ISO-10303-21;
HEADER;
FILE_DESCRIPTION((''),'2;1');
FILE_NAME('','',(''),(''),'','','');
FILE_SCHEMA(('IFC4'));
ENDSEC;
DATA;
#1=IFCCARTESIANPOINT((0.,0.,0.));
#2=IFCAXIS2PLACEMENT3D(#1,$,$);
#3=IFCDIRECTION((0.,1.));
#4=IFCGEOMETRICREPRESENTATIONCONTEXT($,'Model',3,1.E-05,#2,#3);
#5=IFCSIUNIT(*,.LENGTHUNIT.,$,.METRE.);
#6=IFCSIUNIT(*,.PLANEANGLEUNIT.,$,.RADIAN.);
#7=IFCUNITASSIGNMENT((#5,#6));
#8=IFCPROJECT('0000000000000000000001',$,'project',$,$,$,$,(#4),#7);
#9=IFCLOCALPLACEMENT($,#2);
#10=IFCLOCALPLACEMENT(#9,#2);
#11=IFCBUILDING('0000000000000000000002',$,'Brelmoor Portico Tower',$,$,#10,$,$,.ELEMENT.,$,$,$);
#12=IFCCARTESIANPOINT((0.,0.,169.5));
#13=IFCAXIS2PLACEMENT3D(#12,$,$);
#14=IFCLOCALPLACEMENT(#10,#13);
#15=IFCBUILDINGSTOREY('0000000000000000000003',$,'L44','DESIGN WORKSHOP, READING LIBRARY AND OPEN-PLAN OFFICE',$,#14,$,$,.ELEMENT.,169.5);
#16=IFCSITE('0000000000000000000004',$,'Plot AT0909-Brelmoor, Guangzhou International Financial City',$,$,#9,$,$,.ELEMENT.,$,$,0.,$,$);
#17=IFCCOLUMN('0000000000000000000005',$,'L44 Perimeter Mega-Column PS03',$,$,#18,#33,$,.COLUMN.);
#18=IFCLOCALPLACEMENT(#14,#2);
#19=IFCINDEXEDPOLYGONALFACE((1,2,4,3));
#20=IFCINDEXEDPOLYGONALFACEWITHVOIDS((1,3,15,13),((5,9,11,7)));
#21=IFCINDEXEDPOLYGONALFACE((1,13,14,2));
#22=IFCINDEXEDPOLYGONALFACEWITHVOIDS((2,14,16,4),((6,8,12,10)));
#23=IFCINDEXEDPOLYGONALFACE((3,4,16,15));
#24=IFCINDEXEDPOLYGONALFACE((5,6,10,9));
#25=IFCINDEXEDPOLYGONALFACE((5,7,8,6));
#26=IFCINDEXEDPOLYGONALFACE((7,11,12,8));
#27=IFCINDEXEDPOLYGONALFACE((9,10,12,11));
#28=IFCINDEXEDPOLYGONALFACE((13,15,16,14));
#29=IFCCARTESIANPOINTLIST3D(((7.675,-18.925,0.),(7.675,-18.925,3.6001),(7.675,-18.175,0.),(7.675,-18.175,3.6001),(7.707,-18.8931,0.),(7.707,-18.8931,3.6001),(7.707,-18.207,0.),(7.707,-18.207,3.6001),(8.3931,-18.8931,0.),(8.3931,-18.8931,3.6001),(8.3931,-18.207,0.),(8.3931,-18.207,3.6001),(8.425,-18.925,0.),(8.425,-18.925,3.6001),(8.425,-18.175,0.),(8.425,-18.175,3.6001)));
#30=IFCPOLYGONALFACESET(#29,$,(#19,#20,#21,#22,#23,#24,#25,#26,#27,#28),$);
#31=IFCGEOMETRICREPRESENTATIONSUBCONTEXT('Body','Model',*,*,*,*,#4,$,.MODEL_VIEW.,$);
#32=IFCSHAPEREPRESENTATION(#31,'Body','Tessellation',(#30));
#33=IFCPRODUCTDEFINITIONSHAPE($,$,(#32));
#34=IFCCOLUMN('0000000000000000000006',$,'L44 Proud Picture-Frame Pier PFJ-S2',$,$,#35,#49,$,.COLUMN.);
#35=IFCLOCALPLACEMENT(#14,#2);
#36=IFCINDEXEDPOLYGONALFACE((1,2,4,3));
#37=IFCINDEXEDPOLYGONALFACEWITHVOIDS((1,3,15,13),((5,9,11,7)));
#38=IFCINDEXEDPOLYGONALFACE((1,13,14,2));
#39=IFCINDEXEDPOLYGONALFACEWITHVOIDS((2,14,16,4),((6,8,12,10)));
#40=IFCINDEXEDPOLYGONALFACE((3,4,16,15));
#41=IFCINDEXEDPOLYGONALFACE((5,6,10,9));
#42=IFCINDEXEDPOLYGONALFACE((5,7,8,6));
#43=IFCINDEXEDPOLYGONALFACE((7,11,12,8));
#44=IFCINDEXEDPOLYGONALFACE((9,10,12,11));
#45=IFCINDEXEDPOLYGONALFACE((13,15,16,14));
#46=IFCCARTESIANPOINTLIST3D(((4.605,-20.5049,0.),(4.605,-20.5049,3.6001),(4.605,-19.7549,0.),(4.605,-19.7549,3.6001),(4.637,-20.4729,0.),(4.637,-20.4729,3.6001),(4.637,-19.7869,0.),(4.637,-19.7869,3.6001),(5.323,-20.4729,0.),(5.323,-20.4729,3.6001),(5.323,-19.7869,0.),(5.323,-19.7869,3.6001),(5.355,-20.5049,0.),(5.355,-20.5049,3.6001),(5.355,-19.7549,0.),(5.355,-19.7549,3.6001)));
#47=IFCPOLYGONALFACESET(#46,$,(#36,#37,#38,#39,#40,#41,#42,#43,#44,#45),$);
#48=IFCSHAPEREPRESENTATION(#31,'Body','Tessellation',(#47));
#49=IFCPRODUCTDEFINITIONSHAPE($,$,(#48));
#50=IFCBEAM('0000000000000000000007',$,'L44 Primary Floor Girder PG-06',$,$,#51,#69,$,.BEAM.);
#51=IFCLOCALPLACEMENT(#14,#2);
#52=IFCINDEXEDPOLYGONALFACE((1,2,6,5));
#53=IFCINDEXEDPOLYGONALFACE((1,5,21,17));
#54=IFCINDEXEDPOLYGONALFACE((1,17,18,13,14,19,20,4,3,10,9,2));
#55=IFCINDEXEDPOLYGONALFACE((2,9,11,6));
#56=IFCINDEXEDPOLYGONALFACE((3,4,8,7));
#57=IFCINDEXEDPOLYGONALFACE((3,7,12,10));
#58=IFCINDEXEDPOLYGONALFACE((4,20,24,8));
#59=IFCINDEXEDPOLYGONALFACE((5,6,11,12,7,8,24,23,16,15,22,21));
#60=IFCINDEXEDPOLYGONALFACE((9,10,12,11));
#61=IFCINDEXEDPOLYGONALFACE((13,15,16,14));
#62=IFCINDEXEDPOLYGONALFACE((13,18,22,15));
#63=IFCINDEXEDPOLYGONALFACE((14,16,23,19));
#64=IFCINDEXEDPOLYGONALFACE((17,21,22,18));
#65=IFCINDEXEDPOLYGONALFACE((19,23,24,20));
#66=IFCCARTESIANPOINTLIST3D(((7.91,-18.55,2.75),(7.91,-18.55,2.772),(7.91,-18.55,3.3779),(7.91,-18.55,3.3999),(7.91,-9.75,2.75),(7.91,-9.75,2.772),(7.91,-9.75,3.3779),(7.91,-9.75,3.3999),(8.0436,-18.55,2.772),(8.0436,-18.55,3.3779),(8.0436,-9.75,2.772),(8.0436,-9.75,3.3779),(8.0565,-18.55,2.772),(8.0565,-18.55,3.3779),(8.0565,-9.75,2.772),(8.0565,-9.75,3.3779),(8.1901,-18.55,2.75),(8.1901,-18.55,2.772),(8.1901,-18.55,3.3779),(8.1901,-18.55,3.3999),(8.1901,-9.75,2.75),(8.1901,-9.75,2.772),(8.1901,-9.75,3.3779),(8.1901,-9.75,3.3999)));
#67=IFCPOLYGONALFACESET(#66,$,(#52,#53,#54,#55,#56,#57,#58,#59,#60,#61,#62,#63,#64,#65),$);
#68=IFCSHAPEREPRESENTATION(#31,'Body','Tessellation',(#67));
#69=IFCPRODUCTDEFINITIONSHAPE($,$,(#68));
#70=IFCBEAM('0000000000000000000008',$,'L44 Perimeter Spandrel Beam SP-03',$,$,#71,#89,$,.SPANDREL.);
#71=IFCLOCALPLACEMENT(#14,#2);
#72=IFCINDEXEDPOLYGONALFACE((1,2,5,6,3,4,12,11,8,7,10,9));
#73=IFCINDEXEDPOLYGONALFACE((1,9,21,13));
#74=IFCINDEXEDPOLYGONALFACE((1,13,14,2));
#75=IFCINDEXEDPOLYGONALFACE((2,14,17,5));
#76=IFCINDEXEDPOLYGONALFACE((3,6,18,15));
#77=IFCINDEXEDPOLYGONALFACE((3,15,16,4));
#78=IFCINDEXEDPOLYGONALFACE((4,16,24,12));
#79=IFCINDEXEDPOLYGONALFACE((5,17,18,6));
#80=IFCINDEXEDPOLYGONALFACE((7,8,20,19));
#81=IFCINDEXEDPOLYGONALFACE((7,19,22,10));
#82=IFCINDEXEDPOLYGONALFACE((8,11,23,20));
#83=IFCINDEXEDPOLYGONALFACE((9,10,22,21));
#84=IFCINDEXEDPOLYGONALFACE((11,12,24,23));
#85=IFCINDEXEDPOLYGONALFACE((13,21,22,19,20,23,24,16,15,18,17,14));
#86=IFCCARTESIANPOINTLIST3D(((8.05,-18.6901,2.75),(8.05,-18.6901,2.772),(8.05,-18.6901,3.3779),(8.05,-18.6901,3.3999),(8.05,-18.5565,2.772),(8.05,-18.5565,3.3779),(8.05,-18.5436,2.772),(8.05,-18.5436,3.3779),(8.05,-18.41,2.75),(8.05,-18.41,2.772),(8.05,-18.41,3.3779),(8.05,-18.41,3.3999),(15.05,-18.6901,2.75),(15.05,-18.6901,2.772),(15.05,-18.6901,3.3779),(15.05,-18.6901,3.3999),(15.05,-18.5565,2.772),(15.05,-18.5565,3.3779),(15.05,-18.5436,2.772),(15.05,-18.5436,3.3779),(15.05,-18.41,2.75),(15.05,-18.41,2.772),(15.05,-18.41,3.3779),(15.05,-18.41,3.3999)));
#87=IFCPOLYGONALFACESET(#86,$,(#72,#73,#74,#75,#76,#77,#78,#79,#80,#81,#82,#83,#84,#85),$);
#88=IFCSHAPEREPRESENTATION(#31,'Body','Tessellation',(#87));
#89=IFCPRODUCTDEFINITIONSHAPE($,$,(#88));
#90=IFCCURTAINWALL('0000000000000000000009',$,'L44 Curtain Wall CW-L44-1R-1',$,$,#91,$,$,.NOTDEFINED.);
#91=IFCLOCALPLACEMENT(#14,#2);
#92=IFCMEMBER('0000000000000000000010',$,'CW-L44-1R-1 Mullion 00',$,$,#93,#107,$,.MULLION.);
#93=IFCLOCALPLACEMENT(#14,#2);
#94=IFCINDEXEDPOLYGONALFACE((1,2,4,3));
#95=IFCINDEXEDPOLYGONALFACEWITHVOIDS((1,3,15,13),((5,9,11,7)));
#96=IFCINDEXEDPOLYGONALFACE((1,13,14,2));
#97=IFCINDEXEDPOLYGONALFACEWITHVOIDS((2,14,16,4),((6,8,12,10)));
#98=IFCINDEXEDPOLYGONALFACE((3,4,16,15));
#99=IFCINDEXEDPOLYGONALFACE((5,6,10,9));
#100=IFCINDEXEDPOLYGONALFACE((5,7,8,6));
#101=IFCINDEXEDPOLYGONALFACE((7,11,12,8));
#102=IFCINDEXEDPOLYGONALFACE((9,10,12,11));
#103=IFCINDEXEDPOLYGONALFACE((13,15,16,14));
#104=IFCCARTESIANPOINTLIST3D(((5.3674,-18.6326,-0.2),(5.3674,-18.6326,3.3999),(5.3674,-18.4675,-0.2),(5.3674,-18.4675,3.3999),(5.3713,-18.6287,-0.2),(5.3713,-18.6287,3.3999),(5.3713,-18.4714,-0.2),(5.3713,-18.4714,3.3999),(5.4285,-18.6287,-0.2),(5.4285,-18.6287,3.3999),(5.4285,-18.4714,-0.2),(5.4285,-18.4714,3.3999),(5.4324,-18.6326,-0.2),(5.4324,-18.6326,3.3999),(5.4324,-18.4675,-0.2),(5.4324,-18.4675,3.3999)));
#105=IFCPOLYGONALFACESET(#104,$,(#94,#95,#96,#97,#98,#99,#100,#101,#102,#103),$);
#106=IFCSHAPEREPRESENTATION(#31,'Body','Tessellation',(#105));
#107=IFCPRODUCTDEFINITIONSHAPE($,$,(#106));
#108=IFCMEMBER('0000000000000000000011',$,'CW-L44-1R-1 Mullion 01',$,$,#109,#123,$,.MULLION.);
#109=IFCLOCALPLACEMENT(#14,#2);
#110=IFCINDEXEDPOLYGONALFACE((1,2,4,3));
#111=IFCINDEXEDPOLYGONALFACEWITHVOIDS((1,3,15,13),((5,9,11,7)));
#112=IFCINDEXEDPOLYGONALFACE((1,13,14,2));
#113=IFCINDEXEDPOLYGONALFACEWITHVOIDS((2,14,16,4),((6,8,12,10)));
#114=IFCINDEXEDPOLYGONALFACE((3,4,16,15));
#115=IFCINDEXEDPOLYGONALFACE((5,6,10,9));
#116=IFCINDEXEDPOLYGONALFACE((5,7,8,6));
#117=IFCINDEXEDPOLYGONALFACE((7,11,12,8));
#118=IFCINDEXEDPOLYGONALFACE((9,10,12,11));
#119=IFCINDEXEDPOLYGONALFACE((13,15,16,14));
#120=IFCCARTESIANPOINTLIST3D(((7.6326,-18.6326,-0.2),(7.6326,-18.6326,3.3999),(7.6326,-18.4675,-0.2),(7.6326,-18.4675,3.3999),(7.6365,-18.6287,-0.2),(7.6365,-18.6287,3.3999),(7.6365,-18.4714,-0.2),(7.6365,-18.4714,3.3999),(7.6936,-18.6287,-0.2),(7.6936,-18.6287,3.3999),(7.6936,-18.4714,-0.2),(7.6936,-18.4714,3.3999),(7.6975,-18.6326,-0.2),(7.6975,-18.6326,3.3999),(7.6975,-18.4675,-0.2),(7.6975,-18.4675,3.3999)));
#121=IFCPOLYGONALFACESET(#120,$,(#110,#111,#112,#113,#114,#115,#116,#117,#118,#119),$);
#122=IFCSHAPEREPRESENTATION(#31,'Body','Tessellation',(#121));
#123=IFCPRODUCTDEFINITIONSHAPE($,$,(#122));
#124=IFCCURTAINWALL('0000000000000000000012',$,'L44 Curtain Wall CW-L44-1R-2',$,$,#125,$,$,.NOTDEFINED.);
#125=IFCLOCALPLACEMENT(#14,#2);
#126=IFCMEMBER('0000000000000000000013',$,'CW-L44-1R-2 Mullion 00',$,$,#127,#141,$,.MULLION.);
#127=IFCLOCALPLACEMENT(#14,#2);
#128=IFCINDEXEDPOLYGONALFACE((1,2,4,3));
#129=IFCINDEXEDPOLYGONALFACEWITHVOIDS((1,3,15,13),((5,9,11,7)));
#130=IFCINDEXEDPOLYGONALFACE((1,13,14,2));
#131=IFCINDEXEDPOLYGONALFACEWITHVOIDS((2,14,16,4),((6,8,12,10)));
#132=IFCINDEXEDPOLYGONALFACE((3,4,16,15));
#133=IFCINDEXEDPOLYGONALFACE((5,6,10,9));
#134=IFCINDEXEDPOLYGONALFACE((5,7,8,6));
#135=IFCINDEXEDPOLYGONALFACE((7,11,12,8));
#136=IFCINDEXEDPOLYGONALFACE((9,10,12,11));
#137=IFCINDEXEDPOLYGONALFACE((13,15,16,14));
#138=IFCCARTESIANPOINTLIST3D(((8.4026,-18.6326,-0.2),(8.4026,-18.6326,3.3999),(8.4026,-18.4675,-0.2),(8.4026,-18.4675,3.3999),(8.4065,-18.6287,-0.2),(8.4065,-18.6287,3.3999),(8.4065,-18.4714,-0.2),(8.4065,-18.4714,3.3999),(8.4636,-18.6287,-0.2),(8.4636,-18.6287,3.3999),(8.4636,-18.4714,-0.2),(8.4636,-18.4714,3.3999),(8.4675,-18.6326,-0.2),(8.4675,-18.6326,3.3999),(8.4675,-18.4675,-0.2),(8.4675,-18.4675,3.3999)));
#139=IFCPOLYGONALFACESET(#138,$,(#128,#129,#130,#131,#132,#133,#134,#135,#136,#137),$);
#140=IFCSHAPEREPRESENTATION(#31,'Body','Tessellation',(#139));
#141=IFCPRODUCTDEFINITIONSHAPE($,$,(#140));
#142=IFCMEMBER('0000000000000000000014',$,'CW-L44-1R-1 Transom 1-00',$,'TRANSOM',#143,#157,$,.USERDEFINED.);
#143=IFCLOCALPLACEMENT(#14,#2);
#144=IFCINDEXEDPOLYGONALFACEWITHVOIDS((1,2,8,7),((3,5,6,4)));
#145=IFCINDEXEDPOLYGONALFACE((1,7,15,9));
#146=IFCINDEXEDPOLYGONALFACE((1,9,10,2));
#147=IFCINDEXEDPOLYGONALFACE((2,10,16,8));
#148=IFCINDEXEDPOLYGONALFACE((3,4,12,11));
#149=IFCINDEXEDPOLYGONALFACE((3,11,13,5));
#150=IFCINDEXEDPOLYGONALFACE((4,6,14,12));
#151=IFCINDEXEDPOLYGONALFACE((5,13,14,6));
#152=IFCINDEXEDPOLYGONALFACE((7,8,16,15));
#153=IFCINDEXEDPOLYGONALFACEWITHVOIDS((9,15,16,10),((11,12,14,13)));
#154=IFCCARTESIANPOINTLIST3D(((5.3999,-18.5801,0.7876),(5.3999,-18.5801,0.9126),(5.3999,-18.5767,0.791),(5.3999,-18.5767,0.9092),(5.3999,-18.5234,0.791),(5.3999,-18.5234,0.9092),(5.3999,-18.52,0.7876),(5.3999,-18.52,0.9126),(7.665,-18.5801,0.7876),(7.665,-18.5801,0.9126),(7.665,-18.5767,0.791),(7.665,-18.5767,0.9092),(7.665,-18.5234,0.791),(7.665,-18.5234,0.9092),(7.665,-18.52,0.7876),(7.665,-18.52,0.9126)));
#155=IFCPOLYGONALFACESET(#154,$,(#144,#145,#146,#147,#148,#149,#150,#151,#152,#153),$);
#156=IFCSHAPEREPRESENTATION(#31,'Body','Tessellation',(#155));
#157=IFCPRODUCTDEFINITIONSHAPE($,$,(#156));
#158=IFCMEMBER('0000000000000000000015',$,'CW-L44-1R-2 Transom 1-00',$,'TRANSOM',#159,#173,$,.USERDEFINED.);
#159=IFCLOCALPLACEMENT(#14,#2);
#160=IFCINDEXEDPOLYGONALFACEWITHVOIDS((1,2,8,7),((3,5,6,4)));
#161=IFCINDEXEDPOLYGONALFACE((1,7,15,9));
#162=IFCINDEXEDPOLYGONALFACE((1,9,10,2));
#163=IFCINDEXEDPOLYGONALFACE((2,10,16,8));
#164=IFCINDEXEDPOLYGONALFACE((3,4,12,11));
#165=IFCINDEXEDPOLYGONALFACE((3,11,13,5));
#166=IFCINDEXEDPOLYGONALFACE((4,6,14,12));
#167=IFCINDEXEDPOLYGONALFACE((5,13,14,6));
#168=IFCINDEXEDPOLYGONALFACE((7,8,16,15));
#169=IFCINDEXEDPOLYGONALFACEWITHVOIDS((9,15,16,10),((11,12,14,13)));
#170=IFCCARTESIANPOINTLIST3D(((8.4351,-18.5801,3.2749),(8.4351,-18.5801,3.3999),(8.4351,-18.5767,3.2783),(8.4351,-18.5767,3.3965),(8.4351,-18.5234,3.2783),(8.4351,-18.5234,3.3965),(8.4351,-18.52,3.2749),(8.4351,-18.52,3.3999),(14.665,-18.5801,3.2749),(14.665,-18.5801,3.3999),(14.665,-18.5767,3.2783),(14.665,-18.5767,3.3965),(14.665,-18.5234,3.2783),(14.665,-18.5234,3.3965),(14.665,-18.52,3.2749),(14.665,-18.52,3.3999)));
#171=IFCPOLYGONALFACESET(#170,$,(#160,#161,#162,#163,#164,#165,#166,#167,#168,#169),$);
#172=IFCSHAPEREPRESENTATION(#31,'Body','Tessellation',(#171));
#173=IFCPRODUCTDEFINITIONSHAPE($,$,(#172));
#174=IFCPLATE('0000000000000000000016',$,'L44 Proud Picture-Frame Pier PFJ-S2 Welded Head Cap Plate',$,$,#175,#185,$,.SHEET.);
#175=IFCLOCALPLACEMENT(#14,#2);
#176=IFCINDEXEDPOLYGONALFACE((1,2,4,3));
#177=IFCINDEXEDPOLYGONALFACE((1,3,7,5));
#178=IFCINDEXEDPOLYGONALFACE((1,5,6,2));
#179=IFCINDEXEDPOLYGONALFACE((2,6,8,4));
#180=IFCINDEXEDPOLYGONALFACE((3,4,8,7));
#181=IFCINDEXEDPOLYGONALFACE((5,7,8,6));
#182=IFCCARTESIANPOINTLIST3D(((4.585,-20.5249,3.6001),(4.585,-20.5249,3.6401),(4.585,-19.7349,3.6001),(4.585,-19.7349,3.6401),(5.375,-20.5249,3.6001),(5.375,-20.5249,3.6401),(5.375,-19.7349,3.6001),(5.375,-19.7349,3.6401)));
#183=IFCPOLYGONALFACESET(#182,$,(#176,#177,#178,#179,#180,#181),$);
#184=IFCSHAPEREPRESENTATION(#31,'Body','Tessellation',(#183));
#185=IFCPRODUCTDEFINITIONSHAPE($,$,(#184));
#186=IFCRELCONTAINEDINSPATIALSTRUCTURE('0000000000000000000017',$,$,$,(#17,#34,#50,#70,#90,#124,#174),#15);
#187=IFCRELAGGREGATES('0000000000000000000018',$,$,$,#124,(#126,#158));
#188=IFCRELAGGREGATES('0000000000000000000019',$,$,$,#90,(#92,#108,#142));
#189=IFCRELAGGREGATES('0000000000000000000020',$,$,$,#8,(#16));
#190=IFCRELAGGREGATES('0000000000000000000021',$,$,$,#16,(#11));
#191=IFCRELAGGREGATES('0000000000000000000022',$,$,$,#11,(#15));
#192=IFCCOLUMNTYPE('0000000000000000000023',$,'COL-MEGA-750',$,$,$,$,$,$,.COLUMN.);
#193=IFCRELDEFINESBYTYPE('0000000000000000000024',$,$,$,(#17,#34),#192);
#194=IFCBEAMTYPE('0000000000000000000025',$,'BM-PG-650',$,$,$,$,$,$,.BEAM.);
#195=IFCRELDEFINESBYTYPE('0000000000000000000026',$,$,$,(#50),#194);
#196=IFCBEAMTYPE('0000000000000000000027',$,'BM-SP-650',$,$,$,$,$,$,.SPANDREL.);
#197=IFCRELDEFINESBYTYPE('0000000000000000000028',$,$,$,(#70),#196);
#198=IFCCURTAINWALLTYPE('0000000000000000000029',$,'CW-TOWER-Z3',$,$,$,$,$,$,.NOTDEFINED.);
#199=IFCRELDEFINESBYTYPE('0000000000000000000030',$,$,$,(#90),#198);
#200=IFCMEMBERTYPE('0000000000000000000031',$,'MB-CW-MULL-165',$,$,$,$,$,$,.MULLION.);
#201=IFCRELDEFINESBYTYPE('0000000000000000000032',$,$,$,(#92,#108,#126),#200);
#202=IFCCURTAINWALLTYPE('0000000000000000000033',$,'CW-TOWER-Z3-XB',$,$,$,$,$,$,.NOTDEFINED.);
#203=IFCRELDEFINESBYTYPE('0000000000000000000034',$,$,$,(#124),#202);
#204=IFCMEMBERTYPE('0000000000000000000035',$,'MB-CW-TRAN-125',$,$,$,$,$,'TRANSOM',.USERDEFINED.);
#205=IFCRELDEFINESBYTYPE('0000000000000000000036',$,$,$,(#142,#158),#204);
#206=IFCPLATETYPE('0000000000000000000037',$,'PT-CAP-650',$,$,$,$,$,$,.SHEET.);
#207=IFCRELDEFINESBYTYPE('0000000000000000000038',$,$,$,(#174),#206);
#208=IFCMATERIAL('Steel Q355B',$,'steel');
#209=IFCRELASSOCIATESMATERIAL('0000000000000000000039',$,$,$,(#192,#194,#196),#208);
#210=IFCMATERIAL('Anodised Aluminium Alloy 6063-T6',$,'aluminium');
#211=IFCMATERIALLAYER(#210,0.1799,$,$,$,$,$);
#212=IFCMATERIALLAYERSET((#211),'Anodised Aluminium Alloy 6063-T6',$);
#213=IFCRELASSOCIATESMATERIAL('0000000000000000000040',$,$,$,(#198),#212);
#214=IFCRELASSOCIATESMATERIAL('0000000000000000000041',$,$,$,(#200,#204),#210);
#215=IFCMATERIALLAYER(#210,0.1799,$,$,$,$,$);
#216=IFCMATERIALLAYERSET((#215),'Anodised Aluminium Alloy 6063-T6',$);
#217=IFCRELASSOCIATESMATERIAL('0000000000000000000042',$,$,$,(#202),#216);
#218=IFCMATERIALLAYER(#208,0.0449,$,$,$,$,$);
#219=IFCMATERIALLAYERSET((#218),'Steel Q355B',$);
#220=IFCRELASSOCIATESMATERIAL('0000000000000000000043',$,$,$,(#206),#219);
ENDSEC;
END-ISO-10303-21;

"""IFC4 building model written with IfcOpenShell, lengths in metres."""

from ifc_helpers import new_model, si_unit, direction, frame, origin, origin_2d, place, context, subcontext, project, spatial, rectangle, hollow_rectangle, i_section, extrude, material, layer, layer_set, material_profile, profile_set, type_object, element, aggregate, save


model = new_model("IFC4")

# Units and contexts
model_context = context("Model", 3, precision=1e-05, world=origin(), true_north=direction((0.0, 1.0)))
body_context = subcontext(model_context, "Body", "Model", "MODEL_VIEW")
ifc_project = project(units=[si_unit("LENGTHUNIT", "METRE"), si_unit("PLANEANGLEUNIT", "RADIAN")], contexts=[model_context])

# Site, building, storey
site_placement = place(None, origin())
site = spatial("IfcSite", under=ifc_project, at=site_placement, Name="Plot AT0909-Brelmoor, Guangzhou International Financial City", CompositionType="ELEMENT", RefElevation=0.0)
building_placement = place(site_placement, origin())
building = spatial("IfcBuilding", under=site, at=building_placement, Name="Brelmoor Portico Tower", CompositionType="ELEMENT")
storey_placement = place(building_placement, frame((0.0, 0.0, 169.5)))
storey = spatial("IfcBuildingStorey", under=building, at=storey_placement, Name="L44", Description="DESIGN WORKSHOP, READING LIBRARY AND OPEN-PLAN OFFICE", CompositionType="ELEMENT", Elevation=169.5)

# Columns
ifc_material_1 = material(Name="Steel Q355B", Category="steel")
ifc_material_profile_1 = material_profile(ifc_material_1, hollow_rectangle(XDim=0.75, YDim=0.75, WallThickness=0.032, at=origin_2d()), Name="BOX 750x750x32")
ifc_profile_set_1 = profile_set([ifc_material_profile_1], Name="Steel Q355B")
column_type = type_object("IfcColumnType", Name="COL-MEGA-750", PredefinedType="COLUMN", material=ifc_profile_set_1)
for number, where, z_axis, x_axis, name in (
    (1, (8.05, -18.55, 0.0), (0.0, 0.0, 1.0), (1.0, 0.0, 0.0), "L44 Perimeter Mega-Column PS03"),
    (2, (4.98, -20.1299, 0.0), (0.0, 0.0, 1.0), (1.0, 0.0, 0.0), "L44 Proud Picture-Frame Pier PFJ-S2"),
):
    element("IfcColumn", number, at=place(storey_placement, frame(where, z_axis=z_axis, x_axis=x_axis)), inside=storey, type_object=column_type, Name=name, PredefinedType="COLUMN", context=body_context, shape_type="SweptSolid", body=[
        extrude(hollow_rectangle(XDim=0.75, YDim=0.75, WallThickness=0.032, at=origin_2d()), origin(), (0.0, 0.0, 1.0), 3.6001),
    ])

# Beams
ifc_material_profile_2 = material_profile(ifc_material_1, i_section(OverallWidth=0.28, OverallDepth=0.6499, WebThickness=0.0129, FlangeThickness=0.022, at=origin_2d()), Name="HN 650x280x13x22")
ifc_profile_set_2 = profile_set([ifc_material_profile_2], Name="Steel Q355B")
beam_type_1 = type_object("IfcBeamType", Name="BM-PG-650", PredefinedType="BEAM", material=ifc_profile_set_2)
beam_1_placement = place(storey_placement, frame((8.05, -18.55, 3.075), z_axis=(0.0, 1.0, 0.0), x_axis=(-1.0, 0.0, 0.0)))
element("IfcBeam", 3, at=beam_1_placement, inside=storey, type_object=beam_type_1, Name="L44 Primary Floor Girder PG-06", PredefinedType="BEAM", context=body_context, shape_type="SweptSolid", body=[
    extrude(i_section(OverallWidth=0.28, OverallDepth=0.6499, WebThickness=0.0129, FlangeThickness=0.022, at=origin_2d()), origin(), (0.0, 0.0, 1.0), 8.8),
])
ifc_material_profile_3 = material_profile(ifc_material_1, i_section(OverallWidth=0.28, OverallDepth=0.6499, WebThickness=0.0129, FlangeThickness=0.022, at=origin_2d()), Name="HN 650x280x13x22")
ifc_profile_set_3 = profile_set([ifc_material_profile_3], Name="Steel Q355B")
beam_type_2 = type_object("IfcBeamType", Name="BM-SP-650", PredefinedType="SPANDREL", material=ifc_profile_set_3)
beam_2_placement = place(storey_placement, frame((8.05, -18.55, 3.075), z_axis=(1.0, 0.0, 0.0), x_axis=(0.0, 1.0, 0.0)))
element("IfcBeam", 4, at=beam_2_placement, inside=storey, type_object=beam_type_2, Name="L44 Perimeter Spandrel Beam SP-03", PredefinedType="SPANDREL", context=body_context, shape_type="SweptSolid", body=[
    extrude(i_section(OverallWidth=0.28, OverallDepth=0.6499, WebThickness=0.0129, FlangeThickness=0.022, at=origin_2d()), origin(), (0.0, 0.0, 1.0), 7.0),
])

# Curtain wall, members
ifc_material_2 = material(Name="Anodised Aluminium Alloy 6063-T6", Category="aluminium")
ifc_layer_1 = layer(ifc_material_2, 0.1799)
ifc_layer_set_1 = layer_set([ifc_layer_1], Name="Anodised Aluminium Alloy 6063-T6")
curtain_wall_type_1 = type_object("IfcCurtainWallType", Name="CW-TOWER-Z3", PredefinedType="NOTDEFINED", material=ifc_layer_set_1)
curtain_wall_1_placement = place(storey_placement, origin())
curtain_wall_1 = element("IfcCurtainWall", 5, at=curtain_wall_1_placement, inside=storey, type_object=curtain_wall_type_1, Name="L44 Curtain Wall CW-L44-1R-1", PredefinedType="NOTDEFINED")
ifc_material_profile_4 = material_profile(ifc_material_2, hollow_rectangle(XDim=0.0649, YDim=0.165, WallThickness=0.0039, at=origin_2d()), Name="ALU MULLION 65x165")
ifc_profile_set_4 = profile_set([ifc_material_profile_4], Name="Anodised Aluminium Alloy 6063-T6")
member_type_1 = type_object("IfcMemberType", Name="MB-CW-MULL-165", PredefinedType="MULLION", material=ifc_profile_set_4)
member_1_placement = place(storey_placement, frame((5.3999, -18.55, -0.2), z_axis=(0.0, 0.0, 1.0), x_axis=(1.0, 0.0, 0.0)))
member_1 = element("IfcMember", 6, at=member_1_placement, type_object=member_type_1, Name="CW-L44-1R-1 Mullion 00", PredefinedType="MULLION", context=body_context, shape_type="SweptSolid", body=[
    extrude(hollow_rectangle(XDim=0.0649, YDim=0.165, WallThickness=0.0039, at=origin_2d()), origin(), (0.0, 0.0, 1.0), 3.5999),
])
member_2_placement = place(storey_placement, frame((7.665, -18.55, -0.2), z_axis=(0.0, 0.0, 1.0), x_axis=(1.0, 0.0, 0.0)))
member_2 = element("IfcMember", 7, at=member_2_placement, type_object=member_type_1, Name="CW-L44-1R-1 Mullion 01", PredefinedType="MULLION", context=body_context, shape_type="SweptSolid", body=[
    extrude(hollow_rectangle(XDim=0.0649, YDim=0.165, WallThickness=0.0039, at=origin_2d()), origin(), (0.0, 0.0, 1.0), 3.5999),
])

# Curtain wall, member
ifc_layer_2 = layer(ifc_material_2, 0.1799)
ifc_layer_set_2 = layer_set([ifc_layer_2], Name="Anodised Aluminium Alloy 6063-T6")
curtain_wall_type_2 = type_object("IfcCurtainWallType", Name="CW-TOWER-Z3-XB", PredefinedType="NOTDEFINED", material=ifc_layer_set_2)
curtain_wall_2_placement = place(storey_placement, origin())
curtain_wall_2 = element("IfcCurtainWall", 8, at=curtain_wall_2_placement, inside=storey, type_object=curtain_wall_type_2, Name="L44 Curtain Wall CW-L44-1R-2", PredefinedType="NOTDEFINED")
member_3_placement = place(storey_placement, frame((8.4351, -18.55, -0.2), z_axis=(0.0, 0.0, 1.0), x_axis=(1.0, 0.0, 0.0)))
member_3 = element("IfcMember", 9, at=member_3_placement, type_object=member_type_1, Name="CW-L44-1R-2 Mullion 00", PredefinedType="MULLION", context=body_context, shape_type="SweptSolid", body=[
    extrude(hollow_rectangle(XDim=0.0649, YDim=0.165, WallThickness=0.0039, at=origin_2d()), origin(), (0.0, 0.0, 1.0), 3.5999),
])

# Members
ifc_material_profile_5 = material_profile(ifc_material_2, hollow_rectangle(XDim=0.0601, YDim=0.125, WallThickness=0.0034, at=origin_2d()), Name="ALU TRANSOM 60x125")
ifc_profile_set_5 = profile_set([ifc_material_profile_5], Name="Anodised Aluminium Alloy 6063-T6")
member_type_2 = type_object("IfcMemberType", Name="MB-CW-TRAN-125", ElementType="TRANSOM", PredefinedType="USERDEFINED", material=ifc_profile_set_5)
member_4_placement = place(storey_placement, frame((5.3999, -18.55, 0.8501), z_axis=(1.0, 0.0, 0.0), x_axis=(0.0, 1.0, 0.0)))
member_4 = element("IfcMember", 10, at=member_4_placement, type_object=member_type_2, Name="CW-L44-1R-1 Transom 1-00", ObjectType="TRANSOM", PredefinedType="USERDEFINED", context=body_context, shape_type="SweptSolid", body=[
    extrude(hollow_rectangle(XDim=0.0601, YDim=0.125, WallThickness=0.0034, at=origin_2d()), origin(), (0.0, 0.0, 1.0), 2.2651),
])
member_5_placement = place(storey_placement, frame((8.4351, -18.55, 3.3374), z_axis=(1.0, 0.0, 0.0), x_axis=(0.0, 1.0, 0.0)))
member_5 = element("IfcMember", 11, at=member_5_placement, type_object=member_type_2, Name="CW-L44-1R-2 Transom 1-00", ObjectType="TRANSOM", PredefinedType="USERDEFINED", context=body_context, shape_type="SweptSolid", body=[
    extrude(hollow_rectangle(XDim=0.0601, YDim=0.125, WallThickness=0.0034, at=origin_2d()), origin(), (0.0, 0.0, 1.0), 6.23),
])
aggregate(curtain_wall_2, [member_3, member_5])

# Plate
ifc_layer_3 = layer(ifc_material_1, 0.0449)
ifc_layer_set_3 = layer_set([ifc_layer_3], Name="Steel Q355B")
plate_type_1 = type_object("IfcPlateType", Name="PT-CAP-650", PredefinedType="SHEET", material=ifc_layer_set_3)
plate_1_placement = place(storey_placement, frame((4.98, -20.1299, 3.6001), z_axis=(0.0, 0.0, 1.0), x_axis=(1.0, 0.0, 0.0)))
element("IfcPlate", 12, at=plate_1_placement, inside=storey, type_object=plate_type_1, Name="L44 Proud Picture-Frame Pier PFJ-S2 Welded Head Cap Plate", PredefinedType="SHEET", context=body_context, shape_type="SweptSolid", body=[
    extrude(rectangle(XDim=0.79, YDim=0.79, at=origin_2d()), origin(), (0.0, 0.0, 1.0), 0.04),
])
aggregate(curtain_wall_1, [member_1, member_2, member_4])

save(model, "model.ifc")
